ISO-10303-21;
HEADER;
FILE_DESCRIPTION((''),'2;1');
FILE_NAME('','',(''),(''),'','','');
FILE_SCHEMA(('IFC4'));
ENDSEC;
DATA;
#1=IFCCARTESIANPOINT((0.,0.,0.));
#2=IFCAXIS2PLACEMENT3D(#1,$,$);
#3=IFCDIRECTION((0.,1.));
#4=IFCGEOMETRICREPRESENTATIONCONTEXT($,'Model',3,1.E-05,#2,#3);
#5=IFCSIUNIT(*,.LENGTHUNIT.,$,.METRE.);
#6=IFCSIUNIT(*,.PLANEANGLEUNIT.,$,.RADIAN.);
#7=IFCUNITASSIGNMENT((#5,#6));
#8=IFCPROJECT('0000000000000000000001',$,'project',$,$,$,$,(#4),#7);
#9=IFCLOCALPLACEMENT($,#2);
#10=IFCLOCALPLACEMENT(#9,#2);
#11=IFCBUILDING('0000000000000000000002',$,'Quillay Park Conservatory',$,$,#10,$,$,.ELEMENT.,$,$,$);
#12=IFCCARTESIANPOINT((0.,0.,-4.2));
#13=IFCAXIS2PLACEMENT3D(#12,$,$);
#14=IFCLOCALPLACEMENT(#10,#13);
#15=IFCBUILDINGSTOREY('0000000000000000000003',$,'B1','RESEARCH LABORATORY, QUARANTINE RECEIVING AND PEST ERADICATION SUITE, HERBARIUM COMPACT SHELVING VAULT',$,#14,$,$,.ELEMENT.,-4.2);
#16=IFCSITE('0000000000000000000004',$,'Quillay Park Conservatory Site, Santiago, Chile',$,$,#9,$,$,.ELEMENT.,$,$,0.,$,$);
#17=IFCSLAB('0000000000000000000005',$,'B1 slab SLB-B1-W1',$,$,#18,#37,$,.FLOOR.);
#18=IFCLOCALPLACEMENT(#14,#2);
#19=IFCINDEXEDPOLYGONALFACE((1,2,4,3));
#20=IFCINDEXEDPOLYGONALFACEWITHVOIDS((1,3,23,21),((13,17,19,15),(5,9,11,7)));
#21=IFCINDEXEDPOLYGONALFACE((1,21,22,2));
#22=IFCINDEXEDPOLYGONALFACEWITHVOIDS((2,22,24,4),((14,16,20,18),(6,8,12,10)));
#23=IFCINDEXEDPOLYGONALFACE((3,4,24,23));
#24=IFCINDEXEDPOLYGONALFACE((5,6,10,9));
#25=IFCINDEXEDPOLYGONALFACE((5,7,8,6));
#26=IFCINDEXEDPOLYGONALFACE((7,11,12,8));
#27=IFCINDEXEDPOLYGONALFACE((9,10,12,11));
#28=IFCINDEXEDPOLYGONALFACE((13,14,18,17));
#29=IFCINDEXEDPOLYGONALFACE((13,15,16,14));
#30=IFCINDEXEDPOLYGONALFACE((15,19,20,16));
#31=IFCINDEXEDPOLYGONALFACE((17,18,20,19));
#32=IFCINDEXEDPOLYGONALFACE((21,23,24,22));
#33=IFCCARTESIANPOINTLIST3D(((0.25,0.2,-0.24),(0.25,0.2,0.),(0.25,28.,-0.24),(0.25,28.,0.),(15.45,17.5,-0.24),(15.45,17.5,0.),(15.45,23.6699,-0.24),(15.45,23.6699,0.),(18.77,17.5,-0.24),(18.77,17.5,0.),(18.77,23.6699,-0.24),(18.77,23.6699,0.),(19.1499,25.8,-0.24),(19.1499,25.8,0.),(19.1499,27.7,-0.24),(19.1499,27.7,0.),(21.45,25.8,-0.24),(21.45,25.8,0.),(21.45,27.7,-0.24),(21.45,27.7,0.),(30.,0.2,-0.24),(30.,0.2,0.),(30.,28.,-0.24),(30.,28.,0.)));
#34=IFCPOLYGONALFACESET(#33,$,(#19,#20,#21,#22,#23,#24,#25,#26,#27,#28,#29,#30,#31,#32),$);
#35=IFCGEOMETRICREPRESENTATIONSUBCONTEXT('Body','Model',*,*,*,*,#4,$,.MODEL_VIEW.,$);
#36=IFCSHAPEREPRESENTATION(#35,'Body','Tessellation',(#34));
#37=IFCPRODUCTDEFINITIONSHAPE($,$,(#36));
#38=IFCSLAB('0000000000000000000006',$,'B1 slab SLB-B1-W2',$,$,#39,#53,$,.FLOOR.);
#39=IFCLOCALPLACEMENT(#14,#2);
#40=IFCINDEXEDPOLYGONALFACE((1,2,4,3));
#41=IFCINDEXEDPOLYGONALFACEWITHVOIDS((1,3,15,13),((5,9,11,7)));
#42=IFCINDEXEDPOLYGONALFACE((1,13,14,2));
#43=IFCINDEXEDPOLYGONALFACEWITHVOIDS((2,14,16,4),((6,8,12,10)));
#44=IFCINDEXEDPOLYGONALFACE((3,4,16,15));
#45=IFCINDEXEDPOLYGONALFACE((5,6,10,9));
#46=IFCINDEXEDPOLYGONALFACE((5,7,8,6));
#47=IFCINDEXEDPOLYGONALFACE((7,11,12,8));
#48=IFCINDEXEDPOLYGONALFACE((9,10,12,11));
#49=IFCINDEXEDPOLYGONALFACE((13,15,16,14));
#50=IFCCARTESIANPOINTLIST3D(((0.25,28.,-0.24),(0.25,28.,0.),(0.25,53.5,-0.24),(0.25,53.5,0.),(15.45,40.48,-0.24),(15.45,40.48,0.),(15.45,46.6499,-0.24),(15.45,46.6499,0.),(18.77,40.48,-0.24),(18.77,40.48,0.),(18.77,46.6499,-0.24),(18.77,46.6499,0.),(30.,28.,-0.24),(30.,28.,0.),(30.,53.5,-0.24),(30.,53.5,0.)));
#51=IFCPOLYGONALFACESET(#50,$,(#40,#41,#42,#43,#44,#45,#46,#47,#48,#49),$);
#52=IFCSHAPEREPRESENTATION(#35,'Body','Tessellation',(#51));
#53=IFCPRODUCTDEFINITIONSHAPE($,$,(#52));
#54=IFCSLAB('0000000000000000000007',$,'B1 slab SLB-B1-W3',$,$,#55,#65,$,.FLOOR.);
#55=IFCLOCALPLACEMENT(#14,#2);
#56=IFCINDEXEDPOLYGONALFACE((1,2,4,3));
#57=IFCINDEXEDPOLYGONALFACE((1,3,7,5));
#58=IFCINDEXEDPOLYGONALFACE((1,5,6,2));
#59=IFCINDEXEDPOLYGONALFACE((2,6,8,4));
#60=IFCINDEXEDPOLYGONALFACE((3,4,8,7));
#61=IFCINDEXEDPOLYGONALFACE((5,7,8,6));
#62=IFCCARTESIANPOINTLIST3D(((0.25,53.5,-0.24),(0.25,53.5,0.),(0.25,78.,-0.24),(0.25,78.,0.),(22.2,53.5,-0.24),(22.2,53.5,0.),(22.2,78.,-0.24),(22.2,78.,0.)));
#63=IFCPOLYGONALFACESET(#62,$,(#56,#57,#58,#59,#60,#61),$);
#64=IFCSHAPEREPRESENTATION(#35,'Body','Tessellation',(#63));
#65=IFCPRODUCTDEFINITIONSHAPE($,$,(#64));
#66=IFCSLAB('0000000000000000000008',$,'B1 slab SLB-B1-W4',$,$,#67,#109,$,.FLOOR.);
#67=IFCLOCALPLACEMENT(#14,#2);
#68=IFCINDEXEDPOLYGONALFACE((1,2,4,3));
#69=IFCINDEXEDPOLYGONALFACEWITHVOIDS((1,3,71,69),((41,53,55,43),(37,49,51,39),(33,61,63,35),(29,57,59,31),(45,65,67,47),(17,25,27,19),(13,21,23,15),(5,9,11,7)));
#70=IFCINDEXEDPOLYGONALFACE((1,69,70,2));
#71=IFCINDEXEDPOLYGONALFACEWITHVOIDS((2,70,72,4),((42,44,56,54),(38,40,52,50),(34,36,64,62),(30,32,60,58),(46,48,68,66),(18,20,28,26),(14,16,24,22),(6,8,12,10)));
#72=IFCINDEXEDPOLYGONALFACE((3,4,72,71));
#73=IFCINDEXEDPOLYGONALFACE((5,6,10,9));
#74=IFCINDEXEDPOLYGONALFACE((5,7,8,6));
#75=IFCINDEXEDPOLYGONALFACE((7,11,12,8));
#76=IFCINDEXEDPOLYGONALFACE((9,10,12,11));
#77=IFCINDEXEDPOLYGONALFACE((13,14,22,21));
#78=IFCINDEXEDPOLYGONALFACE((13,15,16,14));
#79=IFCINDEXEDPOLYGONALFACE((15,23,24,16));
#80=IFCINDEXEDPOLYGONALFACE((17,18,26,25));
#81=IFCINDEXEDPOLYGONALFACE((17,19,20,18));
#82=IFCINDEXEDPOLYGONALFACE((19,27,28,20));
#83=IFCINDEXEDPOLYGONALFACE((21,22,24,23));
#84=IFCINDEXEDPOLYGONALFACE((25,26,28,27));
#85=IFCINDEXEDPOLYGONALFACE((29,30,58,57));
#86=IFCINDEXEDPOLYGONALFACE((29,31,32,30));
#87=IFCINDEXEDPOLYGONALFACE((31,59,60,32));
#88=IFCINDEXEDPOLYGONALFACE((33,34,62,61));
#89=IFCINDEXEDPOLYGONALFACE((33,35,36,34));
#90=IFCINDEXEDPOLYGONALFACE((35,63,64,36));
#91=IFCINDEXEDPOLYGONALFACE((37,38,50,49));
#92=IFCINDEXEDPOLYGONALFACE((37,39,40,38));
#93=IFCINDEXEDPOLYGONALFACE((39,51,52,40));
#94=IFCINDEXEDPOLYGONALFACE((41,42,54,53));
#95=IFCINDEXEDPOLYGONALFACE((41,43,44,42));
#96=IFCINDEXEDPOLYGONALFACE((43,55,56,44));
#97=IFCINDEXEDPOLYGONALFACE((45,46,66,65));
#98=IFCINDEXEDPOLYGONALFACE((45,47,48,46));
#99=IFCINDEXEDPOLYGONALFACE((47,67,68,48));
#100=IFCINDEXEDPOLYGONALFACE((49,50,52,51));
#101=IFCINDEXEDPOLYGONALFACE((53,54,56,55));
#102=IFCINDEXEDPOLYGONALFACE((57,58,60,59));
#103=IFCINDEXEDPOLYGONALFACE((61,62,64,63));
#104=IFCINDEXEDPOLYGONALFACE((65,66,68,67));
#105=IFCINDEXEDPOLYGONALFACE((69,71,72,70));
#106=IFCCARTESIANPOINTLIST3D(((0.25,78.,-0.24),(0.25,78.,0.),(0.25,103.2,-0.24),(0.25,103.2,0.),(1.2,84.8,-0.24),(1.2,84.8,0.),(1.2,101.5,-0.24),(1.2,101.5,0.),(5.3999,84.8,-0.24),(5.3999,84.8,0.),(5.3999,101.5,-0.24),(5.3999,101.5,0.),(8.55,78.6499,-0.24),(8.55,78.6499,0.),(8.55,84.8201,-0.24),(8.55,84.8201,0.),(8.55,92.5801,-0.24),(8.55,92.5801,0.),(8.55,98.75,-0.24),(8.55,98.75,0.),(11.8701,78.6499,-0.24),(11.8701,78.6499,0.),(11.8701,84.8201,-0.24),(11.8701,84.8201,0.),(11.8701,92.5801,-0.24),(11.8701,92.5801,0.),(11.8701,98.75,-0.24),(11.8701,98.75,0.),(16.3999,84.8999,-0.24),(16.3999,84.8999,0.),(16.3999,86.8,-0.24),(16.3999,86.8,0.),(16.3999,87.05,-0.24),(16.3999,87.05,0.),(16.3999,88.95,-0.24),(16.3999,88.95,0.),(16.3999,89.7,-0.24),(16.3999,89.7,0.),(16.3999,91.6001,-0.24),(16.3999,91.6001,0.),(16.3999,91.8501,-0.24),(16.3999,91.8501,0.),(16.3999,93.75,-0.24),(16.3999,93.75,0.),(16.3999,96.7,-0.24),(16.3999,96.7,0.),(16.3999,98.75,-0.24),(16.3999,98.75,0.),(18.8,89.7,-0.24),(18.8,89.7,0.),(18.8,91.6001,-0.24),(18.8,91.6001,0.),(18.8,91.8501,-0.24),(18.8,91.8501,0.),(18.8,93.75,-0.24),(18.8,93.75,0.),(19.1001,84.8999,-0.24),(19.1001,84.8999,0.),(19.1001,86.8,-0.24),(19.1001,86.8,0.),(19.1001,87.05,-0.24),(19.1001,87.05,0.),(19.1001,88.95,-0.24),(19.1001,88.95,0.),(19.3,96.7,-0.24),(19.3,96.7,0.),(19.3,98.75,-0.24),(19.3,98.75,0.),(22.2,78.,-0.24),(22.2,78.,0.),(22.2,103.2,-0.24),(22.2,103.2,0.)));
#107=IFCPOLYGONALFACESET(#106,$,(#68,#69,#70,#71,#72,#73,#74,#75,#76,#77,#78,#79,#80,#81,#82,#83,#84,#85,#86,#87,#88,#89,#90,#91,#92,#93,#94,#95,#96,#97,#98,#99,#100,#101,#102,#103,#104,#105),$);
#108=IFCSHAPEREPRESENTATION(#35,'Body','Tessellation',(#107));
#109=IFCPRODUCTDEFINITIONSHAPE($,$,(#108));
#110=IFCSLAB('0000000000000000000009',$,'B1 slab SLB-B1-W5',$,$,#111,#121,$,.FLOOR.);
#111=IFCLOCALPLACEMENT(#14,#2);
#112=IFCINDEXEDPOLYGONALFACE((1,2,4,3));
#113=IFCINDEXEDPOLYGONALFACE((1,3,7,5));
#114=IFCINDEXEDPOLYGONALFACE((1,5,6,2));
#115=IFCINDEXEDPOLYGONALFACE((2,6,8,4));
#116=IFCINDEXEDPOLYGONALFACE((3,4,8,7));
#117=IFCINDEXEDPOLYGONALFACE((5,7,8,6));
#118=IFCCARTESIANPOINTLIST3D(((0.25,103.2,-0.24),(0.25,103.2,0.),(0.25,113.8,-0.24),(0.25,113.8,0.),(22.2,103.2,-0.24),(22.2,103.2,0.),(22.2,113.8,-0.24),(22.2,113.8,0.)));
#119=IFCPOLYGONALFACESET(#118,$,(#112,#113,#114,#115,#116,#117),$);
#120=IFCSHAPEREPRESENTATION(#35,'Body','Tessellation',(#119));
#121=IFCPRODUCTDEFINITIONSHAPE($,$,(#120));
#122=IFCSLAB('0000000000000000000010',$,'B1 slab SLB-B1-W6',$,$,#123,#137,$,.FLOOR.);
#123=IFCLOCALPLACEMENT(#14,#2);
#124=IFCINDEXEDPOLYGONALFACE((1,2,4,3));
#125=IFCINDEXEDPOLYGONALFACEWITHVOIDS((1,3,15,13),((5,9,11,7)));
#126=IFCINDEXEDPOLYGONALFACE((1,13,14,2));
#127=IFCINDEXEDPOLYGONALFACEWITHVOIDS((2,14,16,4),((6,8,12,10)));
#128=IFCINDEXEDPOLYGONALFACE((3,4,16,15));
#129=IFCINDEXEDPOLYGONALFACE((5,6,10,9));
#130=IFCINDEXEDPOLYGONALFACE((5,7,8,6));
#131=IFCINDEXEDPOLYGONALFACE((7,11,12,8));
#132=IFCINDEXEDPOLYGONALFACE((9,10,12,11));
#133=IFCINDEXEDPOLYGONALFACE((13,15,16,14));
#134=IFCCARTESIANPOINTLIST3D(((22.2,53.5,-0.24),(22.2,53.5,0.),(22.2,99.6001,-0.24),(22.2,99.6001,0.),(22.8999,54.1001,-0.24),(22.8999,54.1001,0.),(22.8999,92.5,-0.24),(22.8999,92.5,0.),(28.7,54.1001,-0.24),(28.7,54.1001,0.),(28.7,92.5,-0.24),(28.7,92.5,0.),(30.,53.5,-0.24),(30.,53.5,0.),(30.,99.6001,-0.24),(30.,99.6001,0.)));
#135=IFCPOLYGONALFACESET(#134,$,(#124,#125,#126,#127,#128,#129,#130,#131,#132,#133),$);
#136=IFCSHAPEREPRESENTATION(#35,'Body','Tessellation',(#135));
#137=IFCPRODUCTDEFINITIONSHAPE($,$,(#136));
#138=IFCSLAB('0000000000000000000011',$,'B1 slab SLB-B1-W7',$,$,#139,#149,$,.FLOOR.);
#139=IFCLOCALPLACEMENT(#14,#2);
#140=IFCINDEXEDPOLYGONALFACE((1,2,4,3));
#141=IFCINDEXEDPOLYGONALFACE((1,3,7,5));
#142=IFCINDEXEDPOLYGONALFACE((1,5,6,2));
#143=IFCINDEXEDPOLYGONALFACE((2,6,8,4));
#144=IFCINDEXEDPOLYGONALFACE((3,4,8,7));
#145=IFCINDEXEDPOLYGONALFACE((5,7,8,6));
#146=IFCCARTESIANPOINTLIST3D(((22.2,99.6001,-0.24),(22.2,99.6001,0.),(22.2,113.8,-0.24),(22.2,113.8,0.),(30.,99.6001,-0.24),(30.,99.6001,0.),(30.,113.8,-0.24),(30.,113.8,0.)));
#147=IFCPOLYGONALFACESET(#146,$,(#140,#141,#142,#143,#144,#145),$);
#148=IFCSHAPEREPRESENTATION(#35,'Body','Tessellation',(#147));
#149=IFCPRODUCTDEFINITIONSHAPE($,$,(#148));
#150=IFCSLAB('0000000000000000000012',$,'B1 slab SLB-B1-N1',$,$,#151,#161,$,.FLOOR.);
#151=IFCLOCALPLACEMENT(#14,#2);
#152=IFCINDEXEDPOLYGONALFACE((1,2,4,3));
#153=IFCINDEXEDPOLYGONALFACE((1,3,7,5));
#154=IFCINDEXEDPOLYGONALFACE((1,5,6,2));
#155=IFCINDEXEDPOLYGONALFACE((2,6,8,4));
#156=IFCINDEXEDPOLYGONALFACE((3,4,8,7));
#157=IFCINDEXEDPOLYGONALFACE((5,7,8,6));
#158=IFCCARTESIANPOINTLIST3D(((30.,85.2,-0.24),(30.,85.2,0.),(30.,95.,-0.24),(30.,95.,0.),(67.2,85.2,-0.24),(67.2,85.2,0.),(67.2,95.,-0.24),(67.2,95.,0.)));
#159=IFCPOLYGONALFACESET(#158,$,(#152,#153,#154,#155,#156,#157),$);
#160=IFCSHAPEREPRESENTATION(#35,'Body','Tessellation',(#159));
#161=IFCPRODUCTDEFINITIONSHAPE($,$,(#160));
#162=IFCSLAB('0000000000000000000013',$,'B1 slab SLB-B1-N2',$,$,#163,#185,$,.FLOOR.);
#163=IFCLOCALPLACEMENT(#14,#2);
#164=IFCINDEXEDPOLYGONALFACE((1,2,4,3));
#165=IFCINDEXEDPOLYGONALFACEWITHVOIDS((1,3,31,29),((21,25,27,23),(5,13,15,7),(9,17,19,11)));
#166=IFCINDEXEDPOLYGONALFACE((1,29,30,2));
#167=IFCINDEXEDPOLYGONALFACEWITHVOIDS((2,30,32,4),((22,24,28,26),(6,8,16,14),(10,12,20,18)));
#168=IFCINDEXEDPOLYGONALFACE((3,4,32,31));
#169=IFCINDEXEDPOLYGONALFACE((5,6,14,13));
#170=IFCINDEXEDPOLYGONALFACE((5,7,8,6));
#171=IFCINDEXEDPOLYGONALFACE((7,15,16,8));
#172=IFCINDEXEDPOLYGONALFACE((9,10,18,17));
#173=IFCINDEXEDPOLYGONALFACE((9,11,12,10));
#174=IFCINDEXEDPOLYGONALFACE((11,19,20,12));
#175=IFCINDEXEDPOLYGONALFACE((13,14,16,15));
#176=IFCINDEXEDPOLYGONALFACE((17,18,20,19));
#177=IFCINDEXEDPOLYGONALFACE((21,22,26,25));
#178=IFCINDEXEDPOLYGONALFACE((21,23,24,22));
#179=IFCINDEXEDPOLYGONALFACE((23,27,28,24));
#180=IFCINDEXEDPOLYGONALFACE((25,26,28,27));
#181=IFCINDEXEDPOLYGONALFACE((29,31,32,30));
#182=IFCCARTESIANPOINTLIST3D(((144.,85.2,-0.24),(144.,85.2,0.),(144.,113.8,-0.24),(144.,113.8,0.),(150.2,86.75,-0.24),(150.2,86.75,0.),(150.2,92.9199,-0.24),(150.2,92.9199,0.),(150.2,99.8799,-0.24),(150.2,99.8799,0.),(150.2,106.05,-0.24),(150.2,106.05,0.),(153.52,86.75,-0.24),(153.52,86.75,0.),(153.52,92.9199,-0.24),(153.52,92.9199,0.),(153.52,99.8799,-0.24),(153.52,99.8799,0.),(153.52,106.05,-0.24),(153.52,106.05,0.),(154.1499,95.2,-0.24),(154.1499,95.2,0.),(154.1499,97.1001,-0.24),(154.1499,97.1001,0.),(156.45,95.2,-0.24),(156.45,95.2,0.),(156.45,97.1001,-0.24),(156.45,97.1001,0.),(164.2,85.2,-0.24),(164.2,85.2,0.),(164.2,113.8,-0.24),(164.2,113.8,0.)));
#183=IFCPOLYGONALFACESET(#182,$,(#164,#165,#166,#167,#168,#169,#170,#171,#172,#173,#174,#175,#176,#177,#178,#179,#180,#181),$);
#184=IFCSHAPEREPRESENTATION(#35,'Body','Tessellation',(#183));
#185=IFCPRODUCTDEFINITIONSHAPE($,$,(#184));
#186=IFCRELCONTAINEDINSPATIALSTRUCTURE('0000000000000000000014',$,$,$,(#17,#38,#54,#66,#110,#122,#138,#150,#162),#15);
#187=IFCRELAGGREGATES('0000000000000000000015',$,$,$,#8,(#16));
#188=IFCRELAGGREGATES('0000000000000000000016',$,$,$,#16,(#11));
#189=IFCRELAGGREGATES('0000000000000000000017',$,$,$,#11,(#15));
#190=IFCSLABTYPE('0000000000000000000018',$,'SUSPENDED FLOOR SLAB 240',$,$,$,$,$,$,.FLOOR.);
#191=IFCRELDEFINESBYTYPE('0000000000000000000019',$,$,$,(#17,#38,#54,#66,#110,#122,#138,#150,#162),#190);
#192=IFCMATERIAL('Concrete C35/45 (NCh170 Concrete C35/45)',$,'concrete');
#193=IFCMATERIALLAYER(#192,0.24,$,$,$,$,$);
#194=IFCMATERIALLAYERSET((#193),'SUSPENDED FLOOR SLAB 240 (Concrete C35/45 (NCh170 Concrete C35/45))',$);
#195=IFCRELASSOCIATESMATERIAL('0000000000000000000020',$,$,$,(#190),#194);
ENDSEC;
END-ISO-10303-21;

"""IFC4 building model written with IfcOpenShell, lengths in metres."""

from ifc_helpers import new_model, si_unit, direction, frame, origin, place, context, subcontext, project, spatial, polyline, outline, extrude, material, layer, layer_set, type_object, element, save


model = new_model("IFC4")

# Units and contexts
model_context = context("Model", 3, precision=1e-05, world=origin(), true_north=direction((0.0, 1.0)))
body_context = subcontext(model_context, "Body", "Model", "MODEL_VIEW")
ifc_project = project(units=[si_unit("LENGTHUNIT", "METRE"), si_unit("PLANEANGLEUNIT", "RADIAN")], contexts=[model_context])

# Site, building, storey
site_placement = place(None, origin())
site = spatial("IfcSite", under=ifc_project, at=site_placement, Name="Quillay Park Conservatory Site, Santiago, Chile", CompositionType="ELEMENT", RefElevation=0.0)
building_placement = place(site_placement, origin())
building = spatial("IfcBuilding", under=site, at=building_placement, Name="Quillay Park Conservatory", CompositionType="ELEMENT")
storey_placement = place(building_placement, frame((0.0, 0.0, -4.2)))
storey = spatial("IfcBuildingStorey", under=building, at=storey_placement, Name="B1", Description="RESEARCH LABORATORY, QUARANTINE RECEIVING AND PEST ERADICATION SUITE, HERBARIUM COMPACT SHELVING VAULT", CompositionType="ELEMENT", Elevation=-4.2)

# Slabs
ifc_material_1 = material(Name="Concrete C35/45 (NCh170 Concrete C35/45)", Category="concrete")
ifc_layer_1 = layer(ifc_material_1, 0.24)
ifc_layer_set_1 = layer_set([ifc_layer_1], Name="SUSPENDED FLOOR SLAB 240 (Concrete C35/45 (NCh170 Concrete C35/45))")
slab_type_1 = type_object("IfcSlabType", Name="SUSPENDED FLOOR SLAB 240", PredefinedType="FLOOR", material=ifc_layer_set_1)
slab_1_placement = place(storey_placement, frame((0.0, 0.0, -0.24)))
element("IfcSlab", 1, at=slab_1_placement, inside=storey, type_object=slab_type_1, Name="B1 slab SLB-B1-W1", PredefinedType="FLOOR", context=body_context, shape_type="SweptSolid", body=[
    extrude(outline(polyline([(0.25, 0.2), (30.0, 0.2), (30.0, 28.0), (0.25, 28.0), (0.25, 0.2)]), holes=[polyline([(15.45, 17.5), (18.77, 17.5), (18.77, 23.6699), (15.45, 23.6699), (15.45, 17.5)]), polyline([(19.1499, 25.8), (21.45, 25.8), (21.45, 27.7), (19.1499, 27.7), (19.1499, 25.8)])]), origin(), (0.0, 0.0, 1.0), 0.24),
])
slab_2_placement = place(storey_placement, frame((0.0, 0.0, -0.24)))
element("IfcSlab", 2, at=slab_2_placement, inside=storey, type_object=slab_type_1, Name="B1 slab SLB-B1-W2", PredefinedType="FLOOR", context=body_context, shape_type="SweptSolid", body=[
    extrude(outline(polyline([(0.25, 28.0), (30.0, 28.0), (30.0, 53.5), (0.25, 53.5), (0.25, 28.0)]), holes=[polyline([(15.45, 40.48), (18.77, 40.48), (18.77, 46.6499), (15.45, 46.6499), (15.45, 40.48)])]), origin(), (0.0, 0.0, 1.0), 0.24),
])
slab_3_placement = place(storey_placement, frame((0.0, 0.0, -0.24)))
element("IfcSlab", 3, at=slab_3_placement, inside=storey, type_object=slab_type_1, Name="B1 slab SLB-B1-W3", PredefinedType="FLOOR", context=body_context, shape_type="SweptSolid", body=[
    extrude(outline(polyline([(0.25, 53.5), (22.2, 53.5), (22.2, 78.0), (0.25, 78.0), (0.25, 53.5)])), origin(), (0.0, 0.0, 1.0), 0.24),
])
slab_4_placement = place(storey_placement, frame((0.0, 0.0, -0.24)))
element("IfcSlab", 4, at=slab_4_placement, inside=storey, type_object=slab_type_1, Name="B1 slab SLB-B1-W4", PredefinedType="FLOOR", context=body_context, shape_type="SweptSolid", body=[
    extrude(outline(polyline([(0.25, 78.0), (22.2, 78.0), (22.2, 103.2), (0.25, 103.2), (0.25, 78.0)]), holes=[polyline([(8.55, 92.5801), (11.8701, 92.5801), (11.8701, 98.75), (8.55, 98.75), (8.55, 92.5801)]), polyline([(8.55, 78.6499), (11.8701, 78.6499), (11.8701, 84.8201), (8.55, 84.8201), (8.55, 78.6499)]), polyline([(16.3999, 84.8999), (19.1001, 84.8999), (19.1001, 86.8), (16.3999, 86.8), (16.3999, 84.8999)]), polyline([(16.3999, 87.05), (19.1001, 87.05), (19.1001, 88.95), (16.3999, 88.95), (16.3999, 87.05)]), polyline([(16.3999, 89.7), (18.8, 89.7), (18.8, 91.6001), (16.3999, 91.6001), (16.3999, 89.7)]), polyline([(16.3999, 91.8501), (18.8, 91.8501), (18.8, 93.75), (16.3999, 93.75), (16.3999, 91.8501)]), polyline([(16.3999, 96.7), (19.3, 96.7), (19.3, 98.75), (16.3999, 98.75), (16.3999, 96.7)]), polyline([(1.2, 84.8), (5.3999, 84.8), (5.3999, 101.5), (1.2, 101.5), (1.2, 84.8)])]), origin(), (0.0, 0.0, 1.0), 0.24),
])
slab_5_placement = place(storey_placement, frame((0.0, 0.0, -0.24)))
element("IfcSlab", 5, at=slab_5_placement, inside=storey, type_object=slab_type_1, Name="B1 slab SLB-B1-W5", PredefinedType="FLOOR", context=body_context, shape_type="SweptSolid", body=[
    extrude(outline(polyline([(0.25, 103.2), (22.2, 103.2), (22.2, 113.8), (0.25, 113.8), (0.25, 103.2)])), origin(), (0.0, 0.0, 1.0), 0.24),
])
slab_6_placement = place(storey_placement, frame((0.0, 0.0, -0.24)))
element("IfcSlab", 6, at=slab_6_placement, inside=storey, type_object=slab_type_1, Name="B1 slab SLB-B1-W6", PredefinedType="FLOOR", context=body_context, shape_type="SweptSolid", body=[
    extrude(outline(polyline([(22.2, 53.5), (30.0, 53.5), (30.0, 99.6001), (22.2, 99.6001), (22.2, 53.5)]), holes=[polyline([(22.8999, 54.1001), (28.7, 54.1001), (28.7, 92.5), (22.8999, 92.5), (22.8999, 54.1001)])]), origin(), (0.0, 0.0, 1.0), 0.24),
])
slab_7_placement = place(storey_placement, frame((0.0, 0.0, -0.24)))
element("IfcSlab", 7, at=slab_7_placement, inside=storey, type_object=slab_type_1, Name="B1 slab SLB-B1-W7", PredefinedType="FLOOR", context=body_context, shape_type="SweptSolid", body=[
    extrude(outline(polyline([(22.2, 99.6001), (30.0, 99.6001), (30.0, 113.8), (22.2, 113.8), (22.2, 99.6001)])), origin(), (0.0, 0.0, 1.0), 0.24),
])
slab_8_placement = place(storey_placement, frame((0.0, 0.0, -0.24)))
element("IfcSlab", 8, at=slab_8_placement, inside=storey, type_object=slab_type_1, Name="B1 slab SLB-B1-N1", PredefinedType="FLOOR", context=body_context, shape_type="SweptSolid", body=[
    extrude(outline(polyline([(30.0, 85.2), (67.2, 85.2), (67.2, 95.0), (30.0, 95.0), (30.0, 85.2)])), origin(), (0.0, 0.0, 1.0), 0.24),
])
slab_9_placement = place(storey_placement, frame((0.0, 0.0, -0.24)))
element("IfcSlab", 9, at=slab_9_placement, inside=storey, type_object=slab_type_1, Name="B1 slab SLB-B1-N2", PredefinedType="FLOOR", context=body_context, shape_type="SweptSolid", body=[
    extrude(outline(polyline([(144.0, 85.2), (164.2, 85.2), (164.2, 113.8), (144.0, 113.8), (144.0, 85.2)]), holes=[polyline([(150.2, 86.75), (153.52, 86.75), (153.52, 92.9199), (150.2, 92.9199), (150.2, 86.75)]), polyline([(150.2, 99.8799), (153.52, 99.8799), (153.52, 106.05), (150.2, 106.05), (150.2, 99.8799)]), polyline([(154.1499, 95.2), (156.45, 95.2), (156.45, 97.1001), (154.1499, 97.1001), (154.1499, 95.2)])]), origin(), (0.0, 0.0, 1.0), 0.24),
])

save(model, "model.ifc")
